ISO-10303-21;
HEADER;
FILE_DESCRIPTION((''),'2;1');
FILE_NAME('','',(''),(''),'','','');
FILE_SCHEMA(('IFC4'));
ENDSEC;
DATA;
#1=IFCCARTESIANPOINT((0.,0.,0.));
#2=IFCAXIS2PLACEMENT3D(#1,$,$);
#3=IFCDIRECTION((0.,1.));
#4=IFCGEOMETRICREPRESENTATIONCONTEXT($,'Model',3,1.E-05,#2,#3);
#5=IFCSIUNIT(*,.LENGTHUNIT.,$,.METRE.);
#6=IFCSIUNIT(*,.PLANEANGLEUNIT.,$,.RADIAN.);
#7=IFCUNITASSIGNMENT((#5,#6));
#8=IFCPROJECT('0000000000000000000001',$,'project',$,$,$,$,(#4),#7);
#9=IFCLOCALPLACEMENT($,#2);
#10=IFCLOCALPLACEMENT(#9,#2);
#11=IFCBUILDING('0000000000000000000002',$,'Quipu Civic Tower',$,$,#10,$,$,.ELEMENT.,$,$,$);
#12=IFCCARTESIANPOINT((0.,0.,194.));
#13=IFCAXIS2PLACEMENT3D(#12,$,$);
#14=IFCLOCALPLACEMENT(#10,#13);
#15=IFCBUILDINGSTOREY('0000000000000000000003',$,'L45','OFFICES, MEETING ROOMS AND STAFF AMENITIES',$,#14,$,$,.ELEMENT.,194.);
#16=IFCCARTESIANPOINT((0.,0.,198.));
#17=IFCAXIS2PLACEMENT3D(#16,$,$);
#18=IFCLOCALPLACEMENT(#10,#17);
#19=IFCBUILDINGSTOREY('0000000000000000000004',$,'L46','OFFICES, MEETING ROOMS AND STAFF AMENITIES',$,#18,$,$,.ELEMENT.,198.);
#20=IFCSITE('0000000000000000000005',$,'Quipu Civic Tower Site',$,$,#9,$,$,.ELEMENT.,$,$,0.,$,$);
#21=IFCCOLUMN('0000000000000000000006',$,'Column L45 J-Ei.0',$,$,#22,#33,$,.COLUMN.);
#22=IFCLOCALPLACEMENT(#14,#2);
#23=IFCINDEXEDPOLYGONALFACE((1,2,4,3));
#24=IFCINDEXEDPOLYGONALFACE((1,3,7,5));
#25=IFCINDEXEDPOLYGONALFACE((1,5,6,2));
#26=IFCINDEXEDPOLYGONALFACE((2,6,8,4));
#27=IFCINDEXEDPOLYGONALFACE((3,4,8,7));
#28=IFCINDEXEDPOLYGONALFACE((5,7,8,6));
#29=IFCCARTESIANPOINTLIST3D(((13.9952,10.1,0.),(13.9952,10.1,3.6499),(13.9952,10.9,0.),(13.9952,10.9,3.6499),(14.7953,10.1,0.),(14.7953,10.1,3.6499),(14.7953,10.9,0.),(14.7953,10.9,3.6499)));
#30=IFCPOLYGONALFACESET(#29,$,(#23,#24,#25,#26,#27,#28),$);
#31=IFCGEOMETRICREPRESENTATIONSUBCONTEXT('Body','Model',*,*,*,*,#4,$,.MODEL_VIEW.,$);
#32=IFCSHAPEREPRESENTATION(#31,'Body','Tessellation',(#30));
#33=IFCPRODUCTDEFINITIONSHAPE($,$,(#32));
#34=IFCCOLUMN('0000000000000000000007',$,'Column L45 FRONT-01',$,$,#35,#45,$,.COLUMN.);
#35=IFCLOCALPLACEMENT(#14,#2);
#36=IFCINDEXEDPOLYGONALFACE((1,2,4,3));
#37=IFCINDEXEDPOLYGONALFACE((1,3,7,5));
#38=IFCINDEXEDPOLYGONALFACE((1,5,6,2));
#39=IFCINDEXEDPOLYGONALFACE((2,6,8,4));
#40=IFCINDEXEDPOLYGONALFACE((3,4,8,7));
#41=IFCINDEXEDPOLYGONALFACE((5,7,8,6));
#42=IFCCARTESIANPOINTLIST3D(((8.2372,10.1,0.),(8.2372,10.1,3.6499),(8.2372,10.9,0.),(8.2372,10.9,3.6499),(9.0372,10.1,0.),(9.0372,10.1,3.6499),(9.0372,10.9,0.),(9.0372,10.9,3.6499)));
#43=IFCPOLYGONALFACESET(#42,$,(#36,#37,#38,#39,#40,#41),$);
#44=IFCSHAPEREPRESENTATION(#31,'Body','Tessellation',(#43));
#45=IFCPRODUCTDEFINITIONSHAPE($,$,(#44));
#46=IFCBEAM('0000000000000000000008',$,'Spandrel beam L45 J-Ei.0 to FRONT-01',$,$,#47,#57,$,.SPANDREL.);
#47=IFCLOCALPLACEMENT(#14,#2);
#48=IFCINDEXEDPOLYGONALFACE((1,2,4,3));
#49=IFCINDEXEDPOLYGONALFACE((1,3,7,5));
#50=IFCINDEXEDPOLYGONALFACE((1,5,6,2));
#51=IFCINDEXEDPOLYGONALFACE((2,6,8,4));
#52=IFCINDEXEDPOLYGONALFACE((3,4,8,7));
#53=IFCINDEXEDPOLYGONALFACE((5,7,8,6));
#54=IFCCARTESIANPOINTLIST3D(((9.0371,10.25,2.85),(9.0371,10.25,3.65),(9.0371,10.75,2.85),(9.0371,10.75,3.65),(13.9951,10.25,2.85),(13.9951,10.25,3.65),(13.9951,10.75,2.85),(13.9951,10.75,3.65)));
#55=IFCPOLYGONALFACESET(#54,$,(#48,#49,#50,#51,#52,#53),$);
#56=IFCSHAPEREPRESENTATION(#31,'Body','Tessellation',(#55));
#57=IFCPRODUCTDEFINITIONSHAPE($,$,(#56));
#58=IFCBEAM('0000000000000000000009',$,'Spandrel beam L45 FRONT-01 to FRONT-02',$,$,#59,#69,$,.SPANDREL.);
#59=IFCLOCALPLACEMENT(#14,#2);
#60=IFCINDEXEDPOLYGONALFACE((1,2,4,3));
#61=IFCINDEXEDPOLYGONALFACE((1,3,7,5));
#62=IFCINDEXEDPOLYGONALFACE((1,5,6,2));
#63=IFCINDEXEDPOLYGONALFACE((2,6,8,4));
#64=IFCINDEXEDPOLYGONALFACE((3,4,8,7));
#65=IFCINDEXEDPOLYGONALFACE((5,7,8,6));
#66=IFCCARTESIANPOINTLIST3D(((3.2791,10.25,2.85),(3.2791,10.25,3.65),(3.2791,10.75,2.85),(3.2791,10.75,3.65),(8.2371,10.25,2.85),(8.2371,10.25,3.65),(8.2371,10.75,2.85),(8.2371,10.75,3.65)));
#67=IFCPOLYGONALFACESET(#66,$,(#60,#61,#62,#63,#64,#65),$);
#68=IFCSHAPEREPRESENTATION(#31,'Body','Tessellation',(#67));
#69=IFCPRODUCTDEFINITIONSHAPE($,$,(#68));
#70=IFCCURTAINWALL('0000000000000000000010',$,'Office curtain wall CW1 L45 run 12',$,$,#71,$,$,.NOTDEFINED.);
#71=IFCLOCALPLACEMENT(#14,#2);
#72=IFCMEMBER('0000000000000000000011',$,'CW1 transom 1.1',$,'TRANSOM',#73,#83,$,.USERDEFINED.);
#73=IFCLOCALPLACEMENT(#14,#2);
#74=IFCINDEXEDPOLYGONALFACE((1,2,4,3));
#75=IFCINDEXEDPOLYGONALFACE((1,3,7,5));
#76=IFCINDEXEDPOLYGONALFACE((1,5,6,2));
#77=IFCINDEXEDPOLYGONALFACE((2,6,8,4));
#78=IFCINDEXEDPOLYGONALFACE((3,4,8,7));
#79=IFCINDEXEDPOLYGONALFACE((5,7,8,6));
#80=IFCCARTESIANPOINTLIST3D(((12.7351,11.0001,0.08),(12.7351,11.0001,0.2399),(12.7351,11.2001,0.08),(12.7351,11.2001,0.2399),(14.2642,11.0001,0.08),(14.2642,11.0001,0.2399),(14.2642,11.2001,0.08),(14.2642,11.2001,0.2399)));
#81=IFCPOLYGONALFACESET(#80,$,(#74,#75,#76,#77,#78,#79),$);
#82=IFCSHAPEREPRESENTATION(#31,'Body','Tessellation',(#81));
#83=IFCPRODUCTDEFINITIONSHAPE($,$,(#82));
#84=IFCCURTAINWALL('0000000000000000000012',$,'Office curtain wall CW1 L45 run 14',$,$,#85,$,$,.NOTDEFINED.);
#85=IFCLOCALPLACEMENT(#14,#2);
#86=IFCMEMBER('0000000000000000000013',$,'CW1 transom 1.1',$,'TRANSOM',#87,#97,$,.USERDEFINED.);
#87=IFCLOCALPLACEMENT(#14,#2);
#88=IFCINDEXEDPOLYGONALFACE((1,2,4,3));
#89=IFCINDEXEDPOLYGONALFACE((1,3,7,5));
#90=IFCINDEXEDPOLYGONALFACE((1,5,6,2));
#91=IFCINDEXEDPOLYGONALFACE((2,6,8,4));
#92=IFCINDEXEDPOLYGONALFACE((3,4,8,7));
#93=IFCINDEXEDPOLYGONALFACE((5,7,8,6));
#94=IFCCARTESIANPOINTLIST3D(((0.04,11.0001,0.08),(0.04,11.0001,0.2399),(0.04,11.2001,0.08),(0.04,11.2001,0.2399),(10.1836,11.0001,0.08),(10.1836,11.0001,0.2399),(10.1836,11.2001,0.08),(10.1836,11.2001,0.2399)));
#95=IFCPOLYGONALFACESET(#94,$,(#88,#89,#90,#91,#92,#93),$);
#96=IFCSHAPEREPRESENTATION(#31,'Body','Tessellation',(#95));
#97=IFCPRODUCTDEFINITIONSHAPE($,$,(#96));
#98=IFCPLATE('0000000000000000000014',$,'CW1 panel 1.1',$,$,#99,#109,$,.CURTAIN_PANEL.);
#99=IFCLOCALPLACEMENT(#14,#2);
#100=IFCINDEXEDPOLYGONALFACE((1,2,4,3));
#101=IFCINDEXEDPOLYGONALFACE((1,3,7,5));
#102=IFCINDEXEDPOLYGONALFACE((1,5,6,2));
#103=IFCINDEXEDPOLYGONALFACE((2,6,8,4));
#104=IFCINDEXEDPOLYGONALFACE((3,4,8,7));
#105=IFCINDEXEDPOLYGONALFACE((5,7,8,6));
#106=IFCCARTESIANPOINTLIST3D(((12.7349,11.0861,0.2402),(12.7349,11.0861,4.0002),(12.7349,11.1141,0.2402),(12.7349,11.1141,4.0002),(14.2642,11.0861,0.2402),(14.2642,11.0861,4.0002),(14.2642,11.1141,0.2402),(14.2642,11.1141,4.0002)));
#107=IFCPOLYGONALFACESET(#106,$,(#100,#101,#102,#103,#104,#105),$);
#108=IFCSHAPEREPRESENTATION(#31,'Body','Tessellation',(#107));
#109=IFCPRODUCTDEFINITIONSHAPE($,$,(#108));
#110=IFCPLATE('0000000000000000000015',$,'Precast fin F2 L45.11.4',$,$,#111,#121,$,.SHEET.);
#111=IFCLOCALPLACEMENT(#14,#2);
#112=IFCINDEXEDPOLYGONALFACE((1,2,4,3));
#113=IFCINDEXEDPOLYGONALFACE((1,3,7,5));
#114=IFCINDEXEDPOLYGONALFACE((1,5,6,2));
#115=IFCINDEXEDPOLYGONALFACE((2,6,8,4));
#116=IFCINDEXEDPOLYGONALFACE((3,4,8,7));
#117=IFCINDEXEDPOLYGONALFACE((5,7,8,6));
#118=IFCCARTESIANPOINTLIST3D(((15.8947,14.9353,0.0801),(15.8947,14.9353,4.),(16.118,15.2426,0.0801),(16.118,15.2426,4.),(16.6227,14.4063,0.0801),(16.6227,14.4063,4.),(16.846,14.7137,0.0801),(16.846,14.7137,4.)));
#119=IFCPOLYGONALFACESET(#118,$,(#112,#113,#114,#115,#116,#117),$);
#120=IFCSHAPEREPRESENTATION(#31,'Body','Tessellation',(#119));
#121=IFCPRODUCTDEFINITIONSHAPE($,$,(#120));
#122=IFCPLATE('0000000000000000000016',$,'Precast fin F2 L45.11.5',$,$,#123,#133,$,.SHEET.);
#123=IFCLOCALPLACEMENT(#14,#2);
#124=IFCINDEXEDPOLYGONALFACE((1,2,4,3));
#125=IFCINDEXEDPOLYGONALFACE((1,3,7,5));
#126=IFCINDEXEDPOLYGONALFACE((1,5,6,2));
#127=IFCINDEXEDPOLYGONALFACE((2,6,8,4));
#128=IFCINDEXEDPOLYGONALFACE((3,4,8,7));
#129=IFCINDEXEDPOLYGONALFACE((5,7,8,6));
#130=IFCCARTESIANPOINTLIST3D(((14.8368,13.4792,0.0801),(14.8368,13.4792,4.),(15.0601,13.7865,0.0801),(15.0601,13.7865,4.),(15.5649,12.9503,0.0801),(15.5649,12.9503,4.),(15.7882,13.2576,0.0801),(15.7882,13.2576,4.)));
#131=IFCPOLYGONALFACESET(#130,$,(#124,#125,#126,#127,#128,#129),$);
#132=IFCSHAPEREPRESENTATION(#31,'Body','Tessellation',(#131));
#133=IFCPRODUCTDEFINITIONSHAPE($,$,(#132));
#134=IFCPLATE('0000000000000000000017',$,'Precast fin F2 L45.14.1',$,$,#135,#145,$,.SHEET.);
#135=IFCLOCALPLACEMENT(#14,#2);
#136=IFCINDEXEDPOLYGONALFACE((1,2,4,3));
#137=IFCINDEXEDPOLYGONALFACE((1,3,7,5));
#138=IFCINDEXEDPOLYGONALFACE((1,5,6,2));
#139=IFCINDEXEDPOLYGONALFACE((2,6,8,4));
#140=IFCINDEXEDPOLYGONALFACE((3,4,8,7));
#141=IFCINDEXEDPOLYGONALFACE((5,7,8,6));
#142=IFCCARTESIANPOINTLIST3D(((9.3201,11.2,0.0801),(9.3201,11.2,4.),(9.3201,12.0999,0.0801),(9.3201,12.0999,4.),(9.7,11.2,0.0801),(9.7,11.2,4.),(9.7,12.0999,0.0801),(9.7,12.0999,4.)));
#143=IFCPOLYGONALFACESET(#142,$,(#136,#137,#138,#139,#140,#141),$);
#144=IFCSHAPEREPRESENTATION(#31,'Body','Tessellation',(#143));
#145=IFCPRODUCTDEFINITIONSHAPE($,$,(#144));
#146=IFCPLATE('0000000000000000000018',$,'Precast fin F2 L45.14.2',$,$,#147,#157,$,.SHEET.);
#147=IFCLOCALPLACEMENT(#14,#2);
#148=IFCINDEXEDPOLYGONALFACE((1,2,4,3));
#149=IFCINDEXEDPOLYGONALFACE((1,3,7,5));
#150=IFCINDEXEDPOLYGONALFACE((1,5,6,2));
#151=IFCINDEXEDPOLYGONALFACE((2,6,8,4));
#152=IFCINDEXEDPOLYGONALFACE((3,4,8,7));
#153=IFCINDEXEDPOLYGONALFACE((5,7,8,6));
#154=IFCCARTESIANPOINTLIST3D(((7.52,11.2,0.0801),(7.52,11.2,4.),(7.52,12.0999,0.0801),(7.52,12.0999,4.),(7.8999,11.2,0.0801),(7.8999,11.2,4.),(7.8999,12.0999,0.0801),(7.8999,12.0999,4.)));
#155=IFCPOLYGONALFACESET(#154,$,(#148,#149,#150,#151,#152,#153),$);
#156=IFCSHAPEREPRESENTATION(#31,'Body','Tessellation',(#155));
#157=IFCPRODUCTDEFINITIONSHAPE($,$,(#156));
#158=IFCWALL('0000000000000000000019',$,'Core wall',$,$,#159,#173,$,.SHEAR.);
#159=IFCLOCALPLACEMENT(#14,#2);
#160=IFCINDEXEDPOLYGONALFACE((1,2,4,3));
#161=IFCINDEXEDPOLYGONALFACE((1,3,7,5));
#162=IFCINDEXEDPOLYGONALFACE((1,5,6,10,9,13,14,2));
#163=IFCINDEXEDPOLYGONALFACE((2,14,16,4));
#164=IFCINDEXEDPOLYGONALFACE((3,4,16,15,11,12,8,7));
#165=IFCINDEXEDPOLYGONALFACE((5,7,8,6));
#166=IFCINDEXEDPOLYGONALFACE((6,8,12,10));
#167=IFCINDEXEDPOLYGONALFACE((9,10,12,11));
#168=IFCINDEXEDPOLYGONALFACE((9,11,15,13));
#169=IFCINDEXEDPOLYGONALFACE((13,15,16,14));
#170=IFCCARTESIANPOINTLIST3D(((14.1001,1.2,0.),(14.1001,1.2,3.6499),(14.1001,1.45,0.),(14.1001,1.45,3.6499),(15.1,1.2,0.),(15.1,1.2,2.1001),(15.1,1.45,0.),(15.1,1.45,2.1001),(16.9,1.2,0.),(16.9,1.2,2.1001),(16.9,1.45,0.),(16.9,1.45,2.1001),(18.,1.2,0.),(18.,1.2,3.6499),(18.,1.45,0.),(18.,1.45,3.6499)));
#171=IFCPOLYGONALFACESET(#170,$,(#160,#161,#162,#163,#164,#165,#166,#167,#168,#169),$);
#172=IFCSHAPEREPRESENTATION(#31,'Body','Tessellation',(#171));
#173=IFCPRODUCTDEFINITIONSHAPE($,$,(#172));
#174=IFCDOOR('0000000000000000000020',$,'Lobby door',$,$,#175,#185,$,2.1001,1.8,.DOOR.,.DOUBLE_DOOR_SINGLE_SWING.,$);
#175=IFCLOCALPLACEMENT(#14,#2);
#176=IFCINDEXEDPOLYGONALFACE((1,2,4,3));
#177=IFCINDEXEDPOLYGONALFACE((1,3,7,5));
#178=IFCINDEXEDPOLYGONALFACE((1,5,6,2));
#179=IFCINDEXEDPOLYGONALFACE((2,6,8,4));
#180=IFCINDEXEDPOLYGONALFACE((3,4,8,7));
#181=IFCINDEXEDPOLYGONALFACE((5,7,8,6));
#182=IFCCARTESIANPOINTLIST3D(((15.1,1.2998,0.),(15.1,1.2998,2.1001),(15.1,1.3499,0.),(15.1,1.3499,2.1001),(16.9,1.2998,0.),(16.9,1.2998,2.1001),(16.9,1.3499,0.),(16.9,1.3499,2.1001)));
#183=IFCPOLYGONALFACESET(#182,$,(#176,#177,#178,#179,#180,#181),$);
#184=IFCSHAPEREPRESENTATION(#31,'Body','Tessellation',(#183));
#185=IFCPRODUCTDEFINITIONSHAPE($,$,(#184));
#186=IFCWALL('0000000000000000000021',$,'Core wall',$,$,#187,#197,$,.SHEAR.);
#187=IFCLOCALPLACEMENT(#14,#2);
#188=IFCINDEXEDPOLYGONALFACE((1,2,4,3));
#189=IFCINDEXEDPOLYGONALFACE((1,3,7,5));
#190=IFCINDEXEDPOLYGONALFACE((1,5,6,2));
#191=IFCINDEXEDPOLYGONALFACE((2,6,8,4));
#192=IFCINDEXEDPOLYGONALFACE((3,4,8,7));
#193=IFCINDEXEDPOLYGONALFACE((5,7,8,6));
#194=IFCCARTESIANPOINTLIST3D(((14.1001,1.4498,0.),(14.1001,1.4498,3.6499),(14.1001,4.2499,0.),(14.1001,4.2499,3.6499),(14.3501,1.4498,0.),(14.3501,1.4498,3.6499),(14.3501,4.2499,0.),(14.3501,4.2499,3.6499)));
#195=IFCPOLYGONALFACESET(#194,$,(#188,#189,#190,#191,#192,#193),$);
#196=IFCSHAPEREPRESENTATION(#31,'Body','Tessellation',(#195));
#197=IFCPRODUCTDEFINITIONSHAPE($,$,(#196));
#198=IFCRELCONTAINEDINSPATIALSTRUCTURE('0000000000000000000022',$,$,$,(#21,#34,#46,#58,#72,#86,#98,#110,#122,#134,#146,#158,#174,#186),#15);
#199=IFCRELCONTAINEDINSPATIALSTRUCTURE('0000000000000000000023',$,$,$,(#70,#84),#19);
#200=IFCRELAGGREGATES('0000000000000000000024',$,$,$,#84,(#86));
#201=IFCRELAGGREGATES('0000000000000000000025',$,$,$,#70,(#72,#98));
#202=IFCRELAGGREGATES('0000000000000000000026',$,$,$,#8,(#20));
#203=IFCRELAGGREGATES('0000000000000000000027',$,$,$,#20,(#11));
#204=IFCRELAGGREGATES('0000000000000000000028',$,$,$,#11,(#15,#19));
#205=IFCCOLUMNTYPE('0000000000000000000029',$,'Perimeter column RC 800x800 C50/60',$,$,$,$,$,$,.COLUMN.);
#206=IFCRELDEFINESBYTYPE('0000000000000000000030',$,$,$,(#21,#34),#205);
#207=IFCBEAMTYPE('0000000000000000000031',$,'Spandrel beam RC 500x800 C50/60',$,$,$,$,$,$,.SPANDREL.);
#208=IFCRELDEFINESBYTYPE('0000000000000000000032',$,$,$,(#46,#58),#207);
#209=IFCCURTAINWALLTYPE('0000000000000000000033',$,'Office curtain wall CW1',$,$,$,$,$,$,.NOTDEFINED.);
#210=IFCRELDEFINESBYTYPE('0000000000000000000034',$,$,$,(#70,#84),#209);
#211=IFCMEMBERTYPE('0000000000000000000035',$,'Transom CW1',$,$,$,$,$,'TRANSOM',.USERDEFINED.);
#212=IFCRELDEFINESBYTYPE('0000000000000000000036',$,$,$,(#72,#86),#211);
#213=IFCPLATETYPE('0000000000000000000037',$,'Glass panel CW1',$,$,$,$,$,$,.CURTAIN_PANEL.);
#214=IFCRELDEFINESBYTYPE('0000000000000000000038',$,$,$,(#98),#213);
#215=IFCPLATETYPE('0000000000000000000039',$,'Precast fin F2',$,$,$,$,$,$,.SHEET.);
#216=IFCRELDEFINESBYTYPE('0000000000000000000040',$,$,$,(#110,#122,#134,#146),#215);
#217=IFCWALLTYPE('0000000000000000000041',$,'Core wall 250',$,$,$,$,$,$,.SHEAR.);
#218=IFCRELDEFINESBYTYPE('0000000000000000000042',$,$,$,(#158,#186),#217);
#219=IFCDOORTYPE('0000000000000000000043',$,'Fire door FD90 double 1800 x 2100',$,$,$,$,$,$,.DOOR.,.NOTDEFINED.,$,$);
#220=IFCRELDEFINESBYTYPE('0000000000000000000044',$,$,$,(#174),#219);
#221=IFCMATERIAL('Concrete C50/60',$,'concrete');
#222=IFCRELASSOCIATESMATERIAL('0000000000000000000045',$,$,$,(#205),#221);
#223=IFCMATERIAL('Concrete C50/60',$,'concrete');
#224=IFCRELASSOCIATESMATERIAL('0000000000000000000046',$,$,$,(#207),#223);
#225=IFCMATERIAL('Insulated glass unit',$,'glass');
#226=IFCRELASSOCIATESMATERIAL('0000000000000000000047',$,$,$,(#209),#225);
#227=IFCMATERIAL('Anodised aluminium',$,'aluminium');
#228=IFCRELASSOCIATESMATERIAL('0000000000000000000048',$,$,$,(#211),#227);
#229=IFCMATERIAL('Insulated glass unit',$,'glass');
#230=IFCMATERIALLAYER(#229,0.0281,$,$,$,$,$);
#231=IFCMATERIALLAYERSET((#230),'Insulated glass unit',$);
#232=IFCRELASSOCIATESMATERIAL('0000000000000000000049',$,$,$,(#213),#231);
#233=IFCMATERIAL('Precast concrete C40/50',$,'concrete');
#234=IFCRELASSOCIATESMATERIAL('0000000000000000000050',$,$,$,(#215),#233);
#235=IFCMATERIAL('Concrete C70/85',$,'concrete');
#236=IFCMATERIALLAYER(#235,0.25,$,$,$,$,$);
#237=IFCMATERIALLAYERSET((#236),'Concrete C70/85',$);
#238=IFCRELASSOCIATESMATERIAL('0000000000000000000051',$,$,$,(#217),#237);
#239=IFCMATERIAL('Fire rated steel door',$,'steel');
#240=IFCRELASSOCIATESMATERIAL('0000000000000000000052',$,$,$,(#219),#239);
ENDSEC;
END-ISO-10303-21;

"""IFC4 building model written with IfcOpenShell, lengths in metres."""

from ifc_helpers import new_model, si_unit, direction, frame, frame_2d, origin, origin_2d, place, context, subcontext, project, spatial, rectangle, extrude, material, layer, layer_set, material_profile, profile_set, type_object, element, fill, aggregate, save


model = new_model("IFC4")

# Units and contexts
model_context = context("Model", 3, precision=1e-05, world=origin(), true_north=direction((0.0, 1.0)))
body_context = subcontext(model_context, "Body", "Model", "MODEL_VIEW")
ifc_project = project(units=[si_unit("LENGTHUNIT", "METRE"), si_unit("PLANEANGLEUNIT", "RADIAN")], contexts=[model_context])

# Site, building, storey
site_placement = place(None, origin())
site = spatial("IfcSite", under=ifc_project, at=site_placement, Name="Quipu Civic Tower Site", CompositionType="ELEMENT", RefElevation=0.0)
building_placement = place(site_placement, origin())
building = spatial("IfcBuilding", under=site, at=building_placement, Name="Quipu Civic Tower", CompositionType="ELEMENT")
storey_1_placement = place(building_placement, frame((0.0, 0.0, 194.0)))
storey_1 = spatial("IfcBuildingStorey", under=building, at=storey_1_placement, Name="L45", Description="OFFICES, MEETING ROOMS AND STAFF AMENITIES", CompositionType="ELEMENT", Elevation=194.0)

# Columns
ifc_material_1 = material(Name="Concrete C50/60", Category="concrete")
ifc_material_profile_1 = material_profile(ifc_material_1, rectangle(XDim=0.8, YDim=0.8, at=origin_2d()), Name="RC800x800")
ifc_profile_set_1 = profile_set([ifc_material_profile_1], Name="Concrete C50/60")
column_type = type_object("IfcColumnType", Name="Perimeter column RC 800x800 C50/60", PredefinedType="COLUMN", material=ifc_profile_set_1)
for number, where, z_axis, x_axis, name in (
    (1, (14.3953, 10.5, 0.0), (0.0, 0.0, 1.0), (-1.0, 0.0, 0.0), "Column L45 J-Ei.0"),
    (2, (8.6372, 10.5, 0.0), (0.0, 0.0, 1.0), (-1.0, 0.0, 0.0), "Column L45 FRONT-01"),
):
    element("IfcColumn", number, at=place(storey_1_placement, frame(where, z_axis=z_axis, x_axis=x_axis)), inside=storey_1, type_object=column_type, Name=name, PredefinedType="COLUMN", context=body_context, shape_type="SweptSolid", body=[
        extrude(rectangle(XDim=0.8, YDim=0.8, at=origin_2d()), origin(), (0.0, 0.0, 1.0), 3.6499),
    ])

# Beams
ifc_material_2 = material(Name="Concrete C50/60", Category="concrete")
ifc_material_profile_2 = material_profile(ifc_material_2, rectangle(XDim=0.5, YDim=0.8, at=origin_2d()), Name="RC500x800")
ifc_profile_set_2 = profile_set([ifc_material_profile_2], Name="Concrete C50/60")
beam_type = type_object("IfcBeamType", Name="Spandrel beam RC 500x800 C50/60", PredefinedType="SPANDREL", material=ifc_profile_set_2)
for number, where, z_axis, x_axis, name in (
    (3, (13.9951, 10.5, 3.25), (-1.0, 0.0, 0.0), (0.0, -1.0, 0.0), "Spandrel beam L45 J-Ei.0 to FRONT-01"),
    (4, (8.2371, 10.5, 3.25), (-1.0, 0.0, 0.0), (0.0, -1.0, 0.0), "Spandrel beam L45 FRONT-01 to FRONT-02"),
):
    element("IfcBeam", number, at=place(storey_1_placement, frame(where, z_axis=z_axis, x_axis=x_axis)), inside=storey_1, type_object=beam_type, Name=name, PredefinedType="SPANDREL", context=body_context, shape_type="SweptSolid", body=[
        extrude(rectangle(XDim=0.5, YDim=0.8, at=origin_2d()), origin(), (0.0, 0.0, 1.0), 4.958),
    ])

# Shared definitions
storey_2_placement = place(building_placement, frame((0.0, 0.0, 198.0)))
storey_2 = spatial("IfcBuildingStorey", under=building, at=storey_2_placement, Name="L46", Description="OFFICES, MEETING ROOMS AND STAFF AMENITIES", CompositionType="ELEMENT", Elevation=198.0)

# Curtain walls, members
ifc_material_3 = material(Name="Insulated glass unit", Category="glass")
curtain_wall_type = type_object("IfcCurtainWallType", Name="Office curtain wall CW1", PredefinedType="NOTDEFINED", material=ifc_material_3)
curtain_wall_1_placement = place(storey_2_placement, origin())
curtain_wall_1 = element("IfcCurtainWall", 5, at=curtain_wall_1_placement, inside=storey_2, type_object=curtain_wall_type, Name="Office curtain wall CW1 L45 run 12", PredefinedType="NOTDEFINED")
ifc_material_4 = material(Name="Anodised aluminium", Category="aluminium")
ifc_material_profile_3 = material_profile(ifc_material_4, rectangle(XDim=0.2, YDim=0.1599, at=origin_2d()), Name="RECT 200x160")
ifc_profile_set_3 = profile_set([ifc_material_profile_3], Name="Anodised aluminium")
member_type = type_object("IfcMemberType", Name="Transom CW1", ElementType="TRANSOM", PredefinedType="USERDEFINED", material=ifc_profile_set_3)
member_1_placement = place(storey_1_placement, frame((14.2642, 11.1001, 0.1599), z_axis=(-1.0, 0.0, 0.0), x_axis=(0.0, -1.0, 0.0)))
member_1 = element("IfcMember", 6, at=member_1_placement, inside=storey_1, type_object=member_type, Name="CW1 transom 1.1", ObjectType="TRANSOM", PredefinedType="USERDEFINED", context=body_context, shape_type="SweptSolid", body=[
    extrude(rectangle(XDim=0.2, YDim=0.1599, at=origin_2d()), origin(), (0.0, 0.0, 1.0), 1.5291),
])
curtain_wall_2_placement = place(storey_2_placement, origin())
curtain_wall_2 = element("IfcCurtainWall", 7, at=curtain_wall_2_placement, inside=storey_2, type_object=curtain_wall_type, Name="Office curtain wall CW1 L45 run 14", PredefinedType="NOTDEFINED")
member_2_placement = place(storey_1_placement, frame((10.1836, 11.1001, 0.1599), z_axis=(-1.0, 0.0, 0.0), x_axis=(0.0, -1.0, 0.0)))
member_2 = element("IfcMember", 8, at=member_2_placement, inside=storey_1, type_object=member_type, Name="CW1 transom 1.1", ObjectType="TRANSOM", PredefinedType="USERDEFINED", context=body_context, shape_type="SweptSolid", body=[
    extrude(rectangle(XDim=0.2, YDim=0.1599, at=origin_2d()), origin(), (0.0, 0.0, 1.0), 10.1436),
])
aggregate(curtain_wall_2, [member_2])

# Plate
ifc_material_5 = material(Name="Insulated glass unit", Category="glass")
ifc_layer_1 = layer(ifc_material_5, 0.0281)
ifc_layer_set_1 = layer_set([ifc_layer_1], Name="Insulated glass unit")
plate_type_1 = type_object("IfcPlateType", Name="Glass panel CW1", PredefinedType="CURTAIN_PANEL", material=ifc_layer_set_1)
plate_placement = place(storey_1_placement, frame((13.4995, 11.1001, 0.2402), z_axis=(0.0, 0.0, 1.0), x_axis=(-1.0, 0.0, 0.0)))
plate = element("IfcPlate", 9, at=plate_placement, inside=storey_1, type_object=plate_type_1, Name="CW1 panel 1.1", PredefinedType="CURTAIN_PANEL", context=body_context, shape_type="SweptSolid", body=[
    extrude(rectangle(XDim=1.5293, YDim=0.0281, at=origin_2d()), origin(), (0.0, 0.0, 1.0), 3.76),
])
aggregate(curtain_wall_1, [member_1, plate])

# Plates
ifc_material_6 = material(Name="Precast concrete C40/50", Category="concrete")
plate_type_2 = type_object("IfcPlateType", Name="Precast fin F2", PredefinedType="SHEET", material=ifc_material_6)
for number, where, z_axis, x_axis, name in (
    (10, (16.3704, 14.8245, 0.0801), (0.0, 0.0, 1.0), (-0.587784, -0.809018, 0.0), "Precast fin F2 L45.11.4"),
    (11, (15.3125, 13.3684, 0.0801), (0.0, 0.0, 1.0), (-0.587784, -0.809018, 0.0), "Precast fin F2 L45.11.5"),
    (12, (9.51, 11.6499, 0.0801), (0.0, 0.0, 1.0), (-1.0, 0.0, 0.0), "Precast fin F2 L45.14.1"),
    (13, (7.71, 11.6499, 0.0801), (0.0, 0.0, 1.0), (-1.0, 0.0, 0.0), "Precast fin F2 L45.14.2"),
):
    element("IfcPlate", number, at=place(storey_1_placement, frame(where, z_axis=z_axis, x_axis=x_axis)), inside=storey_1, type_object=plate_type_2, Name=name, PredefinedType="SHEET", context=body_context, shape_type="SweptSolid", body=[
        extrude(rectangle(XDim=0.3799, YDim=0.8999, at=origin_2d()), origin(), (0.0, 0.0, 1.0), 3.9199),
    ])

# Wall, opening, door
ifc_material_7 = material(Name="Concrete C70/85", Category="concrete")
ifc_layer_2 = layer(ifc_material_7, 0.25)
ifc_layer_set_2 = layer_set([ifc_layer_2], Name="Concrete C70/85")
wall_type_1 = type_object("IfcWallType", Name="Core wall 250", PredefinedType="SHEAR", material=ifc_layer_set_2)
wall_1_placement = place(storey_1_placement, frame((14.1001, 1.325, 0.0), z_axis=(0.0, 0.0, 1.0), x_axis=(1.0, 0.0, 0.0)))
wall_1 = element("IfcWall", 14, at=wall_1_placement, inside=storey_1, type_object=wall_type_1, Name="Core wall", PredefinedType="SHEAR", context=body_context, shape_type="SweptSolid", body=[
    extrude(rectangle(XDim=3.8999, YDim=0.25, at=frame_2d((1.95, 0.0))), origin(), (0.0, 0.0, 1.0), 3.6499),
])
opening_1_placement = place(wall_1_placement, frame((1.0, 0.0, 0.0)))
opening_1 = element("IfcOpeningElement", 15, at=opening_1_placement, cuts=wall_1, PredefinedType="OPENING", context=body_context, shape_type="SweptSolid", body=[
    extrude(rectangle(XDim=1.8, YDim=2.1001, at=frame_2d((0.8999, 1.05))), frame((0.0, 0.135, 0.0), z_axis=(0.0, -1.0, 0.0), x_axis=(1.0, 0.0, 0.0)), (0.0, 0.0, 1.0), 0.27),
])
ifc_material_8 = material(Name="Fire rated steel door", Category="steel")
door_type = type_object("IfcDoorType", Name="Fire door FD90 double 1800 x 2100", OperationType="NOTDEFINED", PredefinedType="DOOR", material=ifc_material_8)
door_1_placement = place(opening_1_placement, origin())
door_1 = element("IfcDoor", 16, at=door_1_placement, inside=storey_1, type_object=door_type, Name="Lobby door", OperationType="DOUBLE_DOOR_SINGLE_SWING", OverallHeight=2.1001, OverallWidth=1.8, PredefinedType="DOOR", context=body_context, shape_type="SweptSolid", body=[
    extrude(rectangle(XDim=1.8, YDim=2.1001, at=frame_2d((0.8999, 1.05))), frame((0.0, 0.0249, 0.0), z_axis=(0.0, -1.0, 0.0), x_axis=(1.0, 0.0, 0.0)), (0.0, 0.0, 1.0), 0.05),
])
fill(opening_1, door_1)

# Wall
wall_2_placement = place(storey_1_placement, frame((14.2251, 1.45, 0.0), z_axis=(0.0, 0.0, 1.0), x_axis=(0.0, 1.0, 0.0)))
element("IfcWall", 17, at=wall_2_placement, inside=storey_1, type_object=wall_type_1, Name="Core wall", PredefinedType="SHEAR", context=body_context, shape_type="SweptSolid", body=[
    extrude(rectangle(XDim=2.8, YDim=0.25, at=frame_2d((1.3999, 0.0))), origin(), (0.0, 0.0, 1.0), 3.6499),
])

save(model, "model.ifc")
